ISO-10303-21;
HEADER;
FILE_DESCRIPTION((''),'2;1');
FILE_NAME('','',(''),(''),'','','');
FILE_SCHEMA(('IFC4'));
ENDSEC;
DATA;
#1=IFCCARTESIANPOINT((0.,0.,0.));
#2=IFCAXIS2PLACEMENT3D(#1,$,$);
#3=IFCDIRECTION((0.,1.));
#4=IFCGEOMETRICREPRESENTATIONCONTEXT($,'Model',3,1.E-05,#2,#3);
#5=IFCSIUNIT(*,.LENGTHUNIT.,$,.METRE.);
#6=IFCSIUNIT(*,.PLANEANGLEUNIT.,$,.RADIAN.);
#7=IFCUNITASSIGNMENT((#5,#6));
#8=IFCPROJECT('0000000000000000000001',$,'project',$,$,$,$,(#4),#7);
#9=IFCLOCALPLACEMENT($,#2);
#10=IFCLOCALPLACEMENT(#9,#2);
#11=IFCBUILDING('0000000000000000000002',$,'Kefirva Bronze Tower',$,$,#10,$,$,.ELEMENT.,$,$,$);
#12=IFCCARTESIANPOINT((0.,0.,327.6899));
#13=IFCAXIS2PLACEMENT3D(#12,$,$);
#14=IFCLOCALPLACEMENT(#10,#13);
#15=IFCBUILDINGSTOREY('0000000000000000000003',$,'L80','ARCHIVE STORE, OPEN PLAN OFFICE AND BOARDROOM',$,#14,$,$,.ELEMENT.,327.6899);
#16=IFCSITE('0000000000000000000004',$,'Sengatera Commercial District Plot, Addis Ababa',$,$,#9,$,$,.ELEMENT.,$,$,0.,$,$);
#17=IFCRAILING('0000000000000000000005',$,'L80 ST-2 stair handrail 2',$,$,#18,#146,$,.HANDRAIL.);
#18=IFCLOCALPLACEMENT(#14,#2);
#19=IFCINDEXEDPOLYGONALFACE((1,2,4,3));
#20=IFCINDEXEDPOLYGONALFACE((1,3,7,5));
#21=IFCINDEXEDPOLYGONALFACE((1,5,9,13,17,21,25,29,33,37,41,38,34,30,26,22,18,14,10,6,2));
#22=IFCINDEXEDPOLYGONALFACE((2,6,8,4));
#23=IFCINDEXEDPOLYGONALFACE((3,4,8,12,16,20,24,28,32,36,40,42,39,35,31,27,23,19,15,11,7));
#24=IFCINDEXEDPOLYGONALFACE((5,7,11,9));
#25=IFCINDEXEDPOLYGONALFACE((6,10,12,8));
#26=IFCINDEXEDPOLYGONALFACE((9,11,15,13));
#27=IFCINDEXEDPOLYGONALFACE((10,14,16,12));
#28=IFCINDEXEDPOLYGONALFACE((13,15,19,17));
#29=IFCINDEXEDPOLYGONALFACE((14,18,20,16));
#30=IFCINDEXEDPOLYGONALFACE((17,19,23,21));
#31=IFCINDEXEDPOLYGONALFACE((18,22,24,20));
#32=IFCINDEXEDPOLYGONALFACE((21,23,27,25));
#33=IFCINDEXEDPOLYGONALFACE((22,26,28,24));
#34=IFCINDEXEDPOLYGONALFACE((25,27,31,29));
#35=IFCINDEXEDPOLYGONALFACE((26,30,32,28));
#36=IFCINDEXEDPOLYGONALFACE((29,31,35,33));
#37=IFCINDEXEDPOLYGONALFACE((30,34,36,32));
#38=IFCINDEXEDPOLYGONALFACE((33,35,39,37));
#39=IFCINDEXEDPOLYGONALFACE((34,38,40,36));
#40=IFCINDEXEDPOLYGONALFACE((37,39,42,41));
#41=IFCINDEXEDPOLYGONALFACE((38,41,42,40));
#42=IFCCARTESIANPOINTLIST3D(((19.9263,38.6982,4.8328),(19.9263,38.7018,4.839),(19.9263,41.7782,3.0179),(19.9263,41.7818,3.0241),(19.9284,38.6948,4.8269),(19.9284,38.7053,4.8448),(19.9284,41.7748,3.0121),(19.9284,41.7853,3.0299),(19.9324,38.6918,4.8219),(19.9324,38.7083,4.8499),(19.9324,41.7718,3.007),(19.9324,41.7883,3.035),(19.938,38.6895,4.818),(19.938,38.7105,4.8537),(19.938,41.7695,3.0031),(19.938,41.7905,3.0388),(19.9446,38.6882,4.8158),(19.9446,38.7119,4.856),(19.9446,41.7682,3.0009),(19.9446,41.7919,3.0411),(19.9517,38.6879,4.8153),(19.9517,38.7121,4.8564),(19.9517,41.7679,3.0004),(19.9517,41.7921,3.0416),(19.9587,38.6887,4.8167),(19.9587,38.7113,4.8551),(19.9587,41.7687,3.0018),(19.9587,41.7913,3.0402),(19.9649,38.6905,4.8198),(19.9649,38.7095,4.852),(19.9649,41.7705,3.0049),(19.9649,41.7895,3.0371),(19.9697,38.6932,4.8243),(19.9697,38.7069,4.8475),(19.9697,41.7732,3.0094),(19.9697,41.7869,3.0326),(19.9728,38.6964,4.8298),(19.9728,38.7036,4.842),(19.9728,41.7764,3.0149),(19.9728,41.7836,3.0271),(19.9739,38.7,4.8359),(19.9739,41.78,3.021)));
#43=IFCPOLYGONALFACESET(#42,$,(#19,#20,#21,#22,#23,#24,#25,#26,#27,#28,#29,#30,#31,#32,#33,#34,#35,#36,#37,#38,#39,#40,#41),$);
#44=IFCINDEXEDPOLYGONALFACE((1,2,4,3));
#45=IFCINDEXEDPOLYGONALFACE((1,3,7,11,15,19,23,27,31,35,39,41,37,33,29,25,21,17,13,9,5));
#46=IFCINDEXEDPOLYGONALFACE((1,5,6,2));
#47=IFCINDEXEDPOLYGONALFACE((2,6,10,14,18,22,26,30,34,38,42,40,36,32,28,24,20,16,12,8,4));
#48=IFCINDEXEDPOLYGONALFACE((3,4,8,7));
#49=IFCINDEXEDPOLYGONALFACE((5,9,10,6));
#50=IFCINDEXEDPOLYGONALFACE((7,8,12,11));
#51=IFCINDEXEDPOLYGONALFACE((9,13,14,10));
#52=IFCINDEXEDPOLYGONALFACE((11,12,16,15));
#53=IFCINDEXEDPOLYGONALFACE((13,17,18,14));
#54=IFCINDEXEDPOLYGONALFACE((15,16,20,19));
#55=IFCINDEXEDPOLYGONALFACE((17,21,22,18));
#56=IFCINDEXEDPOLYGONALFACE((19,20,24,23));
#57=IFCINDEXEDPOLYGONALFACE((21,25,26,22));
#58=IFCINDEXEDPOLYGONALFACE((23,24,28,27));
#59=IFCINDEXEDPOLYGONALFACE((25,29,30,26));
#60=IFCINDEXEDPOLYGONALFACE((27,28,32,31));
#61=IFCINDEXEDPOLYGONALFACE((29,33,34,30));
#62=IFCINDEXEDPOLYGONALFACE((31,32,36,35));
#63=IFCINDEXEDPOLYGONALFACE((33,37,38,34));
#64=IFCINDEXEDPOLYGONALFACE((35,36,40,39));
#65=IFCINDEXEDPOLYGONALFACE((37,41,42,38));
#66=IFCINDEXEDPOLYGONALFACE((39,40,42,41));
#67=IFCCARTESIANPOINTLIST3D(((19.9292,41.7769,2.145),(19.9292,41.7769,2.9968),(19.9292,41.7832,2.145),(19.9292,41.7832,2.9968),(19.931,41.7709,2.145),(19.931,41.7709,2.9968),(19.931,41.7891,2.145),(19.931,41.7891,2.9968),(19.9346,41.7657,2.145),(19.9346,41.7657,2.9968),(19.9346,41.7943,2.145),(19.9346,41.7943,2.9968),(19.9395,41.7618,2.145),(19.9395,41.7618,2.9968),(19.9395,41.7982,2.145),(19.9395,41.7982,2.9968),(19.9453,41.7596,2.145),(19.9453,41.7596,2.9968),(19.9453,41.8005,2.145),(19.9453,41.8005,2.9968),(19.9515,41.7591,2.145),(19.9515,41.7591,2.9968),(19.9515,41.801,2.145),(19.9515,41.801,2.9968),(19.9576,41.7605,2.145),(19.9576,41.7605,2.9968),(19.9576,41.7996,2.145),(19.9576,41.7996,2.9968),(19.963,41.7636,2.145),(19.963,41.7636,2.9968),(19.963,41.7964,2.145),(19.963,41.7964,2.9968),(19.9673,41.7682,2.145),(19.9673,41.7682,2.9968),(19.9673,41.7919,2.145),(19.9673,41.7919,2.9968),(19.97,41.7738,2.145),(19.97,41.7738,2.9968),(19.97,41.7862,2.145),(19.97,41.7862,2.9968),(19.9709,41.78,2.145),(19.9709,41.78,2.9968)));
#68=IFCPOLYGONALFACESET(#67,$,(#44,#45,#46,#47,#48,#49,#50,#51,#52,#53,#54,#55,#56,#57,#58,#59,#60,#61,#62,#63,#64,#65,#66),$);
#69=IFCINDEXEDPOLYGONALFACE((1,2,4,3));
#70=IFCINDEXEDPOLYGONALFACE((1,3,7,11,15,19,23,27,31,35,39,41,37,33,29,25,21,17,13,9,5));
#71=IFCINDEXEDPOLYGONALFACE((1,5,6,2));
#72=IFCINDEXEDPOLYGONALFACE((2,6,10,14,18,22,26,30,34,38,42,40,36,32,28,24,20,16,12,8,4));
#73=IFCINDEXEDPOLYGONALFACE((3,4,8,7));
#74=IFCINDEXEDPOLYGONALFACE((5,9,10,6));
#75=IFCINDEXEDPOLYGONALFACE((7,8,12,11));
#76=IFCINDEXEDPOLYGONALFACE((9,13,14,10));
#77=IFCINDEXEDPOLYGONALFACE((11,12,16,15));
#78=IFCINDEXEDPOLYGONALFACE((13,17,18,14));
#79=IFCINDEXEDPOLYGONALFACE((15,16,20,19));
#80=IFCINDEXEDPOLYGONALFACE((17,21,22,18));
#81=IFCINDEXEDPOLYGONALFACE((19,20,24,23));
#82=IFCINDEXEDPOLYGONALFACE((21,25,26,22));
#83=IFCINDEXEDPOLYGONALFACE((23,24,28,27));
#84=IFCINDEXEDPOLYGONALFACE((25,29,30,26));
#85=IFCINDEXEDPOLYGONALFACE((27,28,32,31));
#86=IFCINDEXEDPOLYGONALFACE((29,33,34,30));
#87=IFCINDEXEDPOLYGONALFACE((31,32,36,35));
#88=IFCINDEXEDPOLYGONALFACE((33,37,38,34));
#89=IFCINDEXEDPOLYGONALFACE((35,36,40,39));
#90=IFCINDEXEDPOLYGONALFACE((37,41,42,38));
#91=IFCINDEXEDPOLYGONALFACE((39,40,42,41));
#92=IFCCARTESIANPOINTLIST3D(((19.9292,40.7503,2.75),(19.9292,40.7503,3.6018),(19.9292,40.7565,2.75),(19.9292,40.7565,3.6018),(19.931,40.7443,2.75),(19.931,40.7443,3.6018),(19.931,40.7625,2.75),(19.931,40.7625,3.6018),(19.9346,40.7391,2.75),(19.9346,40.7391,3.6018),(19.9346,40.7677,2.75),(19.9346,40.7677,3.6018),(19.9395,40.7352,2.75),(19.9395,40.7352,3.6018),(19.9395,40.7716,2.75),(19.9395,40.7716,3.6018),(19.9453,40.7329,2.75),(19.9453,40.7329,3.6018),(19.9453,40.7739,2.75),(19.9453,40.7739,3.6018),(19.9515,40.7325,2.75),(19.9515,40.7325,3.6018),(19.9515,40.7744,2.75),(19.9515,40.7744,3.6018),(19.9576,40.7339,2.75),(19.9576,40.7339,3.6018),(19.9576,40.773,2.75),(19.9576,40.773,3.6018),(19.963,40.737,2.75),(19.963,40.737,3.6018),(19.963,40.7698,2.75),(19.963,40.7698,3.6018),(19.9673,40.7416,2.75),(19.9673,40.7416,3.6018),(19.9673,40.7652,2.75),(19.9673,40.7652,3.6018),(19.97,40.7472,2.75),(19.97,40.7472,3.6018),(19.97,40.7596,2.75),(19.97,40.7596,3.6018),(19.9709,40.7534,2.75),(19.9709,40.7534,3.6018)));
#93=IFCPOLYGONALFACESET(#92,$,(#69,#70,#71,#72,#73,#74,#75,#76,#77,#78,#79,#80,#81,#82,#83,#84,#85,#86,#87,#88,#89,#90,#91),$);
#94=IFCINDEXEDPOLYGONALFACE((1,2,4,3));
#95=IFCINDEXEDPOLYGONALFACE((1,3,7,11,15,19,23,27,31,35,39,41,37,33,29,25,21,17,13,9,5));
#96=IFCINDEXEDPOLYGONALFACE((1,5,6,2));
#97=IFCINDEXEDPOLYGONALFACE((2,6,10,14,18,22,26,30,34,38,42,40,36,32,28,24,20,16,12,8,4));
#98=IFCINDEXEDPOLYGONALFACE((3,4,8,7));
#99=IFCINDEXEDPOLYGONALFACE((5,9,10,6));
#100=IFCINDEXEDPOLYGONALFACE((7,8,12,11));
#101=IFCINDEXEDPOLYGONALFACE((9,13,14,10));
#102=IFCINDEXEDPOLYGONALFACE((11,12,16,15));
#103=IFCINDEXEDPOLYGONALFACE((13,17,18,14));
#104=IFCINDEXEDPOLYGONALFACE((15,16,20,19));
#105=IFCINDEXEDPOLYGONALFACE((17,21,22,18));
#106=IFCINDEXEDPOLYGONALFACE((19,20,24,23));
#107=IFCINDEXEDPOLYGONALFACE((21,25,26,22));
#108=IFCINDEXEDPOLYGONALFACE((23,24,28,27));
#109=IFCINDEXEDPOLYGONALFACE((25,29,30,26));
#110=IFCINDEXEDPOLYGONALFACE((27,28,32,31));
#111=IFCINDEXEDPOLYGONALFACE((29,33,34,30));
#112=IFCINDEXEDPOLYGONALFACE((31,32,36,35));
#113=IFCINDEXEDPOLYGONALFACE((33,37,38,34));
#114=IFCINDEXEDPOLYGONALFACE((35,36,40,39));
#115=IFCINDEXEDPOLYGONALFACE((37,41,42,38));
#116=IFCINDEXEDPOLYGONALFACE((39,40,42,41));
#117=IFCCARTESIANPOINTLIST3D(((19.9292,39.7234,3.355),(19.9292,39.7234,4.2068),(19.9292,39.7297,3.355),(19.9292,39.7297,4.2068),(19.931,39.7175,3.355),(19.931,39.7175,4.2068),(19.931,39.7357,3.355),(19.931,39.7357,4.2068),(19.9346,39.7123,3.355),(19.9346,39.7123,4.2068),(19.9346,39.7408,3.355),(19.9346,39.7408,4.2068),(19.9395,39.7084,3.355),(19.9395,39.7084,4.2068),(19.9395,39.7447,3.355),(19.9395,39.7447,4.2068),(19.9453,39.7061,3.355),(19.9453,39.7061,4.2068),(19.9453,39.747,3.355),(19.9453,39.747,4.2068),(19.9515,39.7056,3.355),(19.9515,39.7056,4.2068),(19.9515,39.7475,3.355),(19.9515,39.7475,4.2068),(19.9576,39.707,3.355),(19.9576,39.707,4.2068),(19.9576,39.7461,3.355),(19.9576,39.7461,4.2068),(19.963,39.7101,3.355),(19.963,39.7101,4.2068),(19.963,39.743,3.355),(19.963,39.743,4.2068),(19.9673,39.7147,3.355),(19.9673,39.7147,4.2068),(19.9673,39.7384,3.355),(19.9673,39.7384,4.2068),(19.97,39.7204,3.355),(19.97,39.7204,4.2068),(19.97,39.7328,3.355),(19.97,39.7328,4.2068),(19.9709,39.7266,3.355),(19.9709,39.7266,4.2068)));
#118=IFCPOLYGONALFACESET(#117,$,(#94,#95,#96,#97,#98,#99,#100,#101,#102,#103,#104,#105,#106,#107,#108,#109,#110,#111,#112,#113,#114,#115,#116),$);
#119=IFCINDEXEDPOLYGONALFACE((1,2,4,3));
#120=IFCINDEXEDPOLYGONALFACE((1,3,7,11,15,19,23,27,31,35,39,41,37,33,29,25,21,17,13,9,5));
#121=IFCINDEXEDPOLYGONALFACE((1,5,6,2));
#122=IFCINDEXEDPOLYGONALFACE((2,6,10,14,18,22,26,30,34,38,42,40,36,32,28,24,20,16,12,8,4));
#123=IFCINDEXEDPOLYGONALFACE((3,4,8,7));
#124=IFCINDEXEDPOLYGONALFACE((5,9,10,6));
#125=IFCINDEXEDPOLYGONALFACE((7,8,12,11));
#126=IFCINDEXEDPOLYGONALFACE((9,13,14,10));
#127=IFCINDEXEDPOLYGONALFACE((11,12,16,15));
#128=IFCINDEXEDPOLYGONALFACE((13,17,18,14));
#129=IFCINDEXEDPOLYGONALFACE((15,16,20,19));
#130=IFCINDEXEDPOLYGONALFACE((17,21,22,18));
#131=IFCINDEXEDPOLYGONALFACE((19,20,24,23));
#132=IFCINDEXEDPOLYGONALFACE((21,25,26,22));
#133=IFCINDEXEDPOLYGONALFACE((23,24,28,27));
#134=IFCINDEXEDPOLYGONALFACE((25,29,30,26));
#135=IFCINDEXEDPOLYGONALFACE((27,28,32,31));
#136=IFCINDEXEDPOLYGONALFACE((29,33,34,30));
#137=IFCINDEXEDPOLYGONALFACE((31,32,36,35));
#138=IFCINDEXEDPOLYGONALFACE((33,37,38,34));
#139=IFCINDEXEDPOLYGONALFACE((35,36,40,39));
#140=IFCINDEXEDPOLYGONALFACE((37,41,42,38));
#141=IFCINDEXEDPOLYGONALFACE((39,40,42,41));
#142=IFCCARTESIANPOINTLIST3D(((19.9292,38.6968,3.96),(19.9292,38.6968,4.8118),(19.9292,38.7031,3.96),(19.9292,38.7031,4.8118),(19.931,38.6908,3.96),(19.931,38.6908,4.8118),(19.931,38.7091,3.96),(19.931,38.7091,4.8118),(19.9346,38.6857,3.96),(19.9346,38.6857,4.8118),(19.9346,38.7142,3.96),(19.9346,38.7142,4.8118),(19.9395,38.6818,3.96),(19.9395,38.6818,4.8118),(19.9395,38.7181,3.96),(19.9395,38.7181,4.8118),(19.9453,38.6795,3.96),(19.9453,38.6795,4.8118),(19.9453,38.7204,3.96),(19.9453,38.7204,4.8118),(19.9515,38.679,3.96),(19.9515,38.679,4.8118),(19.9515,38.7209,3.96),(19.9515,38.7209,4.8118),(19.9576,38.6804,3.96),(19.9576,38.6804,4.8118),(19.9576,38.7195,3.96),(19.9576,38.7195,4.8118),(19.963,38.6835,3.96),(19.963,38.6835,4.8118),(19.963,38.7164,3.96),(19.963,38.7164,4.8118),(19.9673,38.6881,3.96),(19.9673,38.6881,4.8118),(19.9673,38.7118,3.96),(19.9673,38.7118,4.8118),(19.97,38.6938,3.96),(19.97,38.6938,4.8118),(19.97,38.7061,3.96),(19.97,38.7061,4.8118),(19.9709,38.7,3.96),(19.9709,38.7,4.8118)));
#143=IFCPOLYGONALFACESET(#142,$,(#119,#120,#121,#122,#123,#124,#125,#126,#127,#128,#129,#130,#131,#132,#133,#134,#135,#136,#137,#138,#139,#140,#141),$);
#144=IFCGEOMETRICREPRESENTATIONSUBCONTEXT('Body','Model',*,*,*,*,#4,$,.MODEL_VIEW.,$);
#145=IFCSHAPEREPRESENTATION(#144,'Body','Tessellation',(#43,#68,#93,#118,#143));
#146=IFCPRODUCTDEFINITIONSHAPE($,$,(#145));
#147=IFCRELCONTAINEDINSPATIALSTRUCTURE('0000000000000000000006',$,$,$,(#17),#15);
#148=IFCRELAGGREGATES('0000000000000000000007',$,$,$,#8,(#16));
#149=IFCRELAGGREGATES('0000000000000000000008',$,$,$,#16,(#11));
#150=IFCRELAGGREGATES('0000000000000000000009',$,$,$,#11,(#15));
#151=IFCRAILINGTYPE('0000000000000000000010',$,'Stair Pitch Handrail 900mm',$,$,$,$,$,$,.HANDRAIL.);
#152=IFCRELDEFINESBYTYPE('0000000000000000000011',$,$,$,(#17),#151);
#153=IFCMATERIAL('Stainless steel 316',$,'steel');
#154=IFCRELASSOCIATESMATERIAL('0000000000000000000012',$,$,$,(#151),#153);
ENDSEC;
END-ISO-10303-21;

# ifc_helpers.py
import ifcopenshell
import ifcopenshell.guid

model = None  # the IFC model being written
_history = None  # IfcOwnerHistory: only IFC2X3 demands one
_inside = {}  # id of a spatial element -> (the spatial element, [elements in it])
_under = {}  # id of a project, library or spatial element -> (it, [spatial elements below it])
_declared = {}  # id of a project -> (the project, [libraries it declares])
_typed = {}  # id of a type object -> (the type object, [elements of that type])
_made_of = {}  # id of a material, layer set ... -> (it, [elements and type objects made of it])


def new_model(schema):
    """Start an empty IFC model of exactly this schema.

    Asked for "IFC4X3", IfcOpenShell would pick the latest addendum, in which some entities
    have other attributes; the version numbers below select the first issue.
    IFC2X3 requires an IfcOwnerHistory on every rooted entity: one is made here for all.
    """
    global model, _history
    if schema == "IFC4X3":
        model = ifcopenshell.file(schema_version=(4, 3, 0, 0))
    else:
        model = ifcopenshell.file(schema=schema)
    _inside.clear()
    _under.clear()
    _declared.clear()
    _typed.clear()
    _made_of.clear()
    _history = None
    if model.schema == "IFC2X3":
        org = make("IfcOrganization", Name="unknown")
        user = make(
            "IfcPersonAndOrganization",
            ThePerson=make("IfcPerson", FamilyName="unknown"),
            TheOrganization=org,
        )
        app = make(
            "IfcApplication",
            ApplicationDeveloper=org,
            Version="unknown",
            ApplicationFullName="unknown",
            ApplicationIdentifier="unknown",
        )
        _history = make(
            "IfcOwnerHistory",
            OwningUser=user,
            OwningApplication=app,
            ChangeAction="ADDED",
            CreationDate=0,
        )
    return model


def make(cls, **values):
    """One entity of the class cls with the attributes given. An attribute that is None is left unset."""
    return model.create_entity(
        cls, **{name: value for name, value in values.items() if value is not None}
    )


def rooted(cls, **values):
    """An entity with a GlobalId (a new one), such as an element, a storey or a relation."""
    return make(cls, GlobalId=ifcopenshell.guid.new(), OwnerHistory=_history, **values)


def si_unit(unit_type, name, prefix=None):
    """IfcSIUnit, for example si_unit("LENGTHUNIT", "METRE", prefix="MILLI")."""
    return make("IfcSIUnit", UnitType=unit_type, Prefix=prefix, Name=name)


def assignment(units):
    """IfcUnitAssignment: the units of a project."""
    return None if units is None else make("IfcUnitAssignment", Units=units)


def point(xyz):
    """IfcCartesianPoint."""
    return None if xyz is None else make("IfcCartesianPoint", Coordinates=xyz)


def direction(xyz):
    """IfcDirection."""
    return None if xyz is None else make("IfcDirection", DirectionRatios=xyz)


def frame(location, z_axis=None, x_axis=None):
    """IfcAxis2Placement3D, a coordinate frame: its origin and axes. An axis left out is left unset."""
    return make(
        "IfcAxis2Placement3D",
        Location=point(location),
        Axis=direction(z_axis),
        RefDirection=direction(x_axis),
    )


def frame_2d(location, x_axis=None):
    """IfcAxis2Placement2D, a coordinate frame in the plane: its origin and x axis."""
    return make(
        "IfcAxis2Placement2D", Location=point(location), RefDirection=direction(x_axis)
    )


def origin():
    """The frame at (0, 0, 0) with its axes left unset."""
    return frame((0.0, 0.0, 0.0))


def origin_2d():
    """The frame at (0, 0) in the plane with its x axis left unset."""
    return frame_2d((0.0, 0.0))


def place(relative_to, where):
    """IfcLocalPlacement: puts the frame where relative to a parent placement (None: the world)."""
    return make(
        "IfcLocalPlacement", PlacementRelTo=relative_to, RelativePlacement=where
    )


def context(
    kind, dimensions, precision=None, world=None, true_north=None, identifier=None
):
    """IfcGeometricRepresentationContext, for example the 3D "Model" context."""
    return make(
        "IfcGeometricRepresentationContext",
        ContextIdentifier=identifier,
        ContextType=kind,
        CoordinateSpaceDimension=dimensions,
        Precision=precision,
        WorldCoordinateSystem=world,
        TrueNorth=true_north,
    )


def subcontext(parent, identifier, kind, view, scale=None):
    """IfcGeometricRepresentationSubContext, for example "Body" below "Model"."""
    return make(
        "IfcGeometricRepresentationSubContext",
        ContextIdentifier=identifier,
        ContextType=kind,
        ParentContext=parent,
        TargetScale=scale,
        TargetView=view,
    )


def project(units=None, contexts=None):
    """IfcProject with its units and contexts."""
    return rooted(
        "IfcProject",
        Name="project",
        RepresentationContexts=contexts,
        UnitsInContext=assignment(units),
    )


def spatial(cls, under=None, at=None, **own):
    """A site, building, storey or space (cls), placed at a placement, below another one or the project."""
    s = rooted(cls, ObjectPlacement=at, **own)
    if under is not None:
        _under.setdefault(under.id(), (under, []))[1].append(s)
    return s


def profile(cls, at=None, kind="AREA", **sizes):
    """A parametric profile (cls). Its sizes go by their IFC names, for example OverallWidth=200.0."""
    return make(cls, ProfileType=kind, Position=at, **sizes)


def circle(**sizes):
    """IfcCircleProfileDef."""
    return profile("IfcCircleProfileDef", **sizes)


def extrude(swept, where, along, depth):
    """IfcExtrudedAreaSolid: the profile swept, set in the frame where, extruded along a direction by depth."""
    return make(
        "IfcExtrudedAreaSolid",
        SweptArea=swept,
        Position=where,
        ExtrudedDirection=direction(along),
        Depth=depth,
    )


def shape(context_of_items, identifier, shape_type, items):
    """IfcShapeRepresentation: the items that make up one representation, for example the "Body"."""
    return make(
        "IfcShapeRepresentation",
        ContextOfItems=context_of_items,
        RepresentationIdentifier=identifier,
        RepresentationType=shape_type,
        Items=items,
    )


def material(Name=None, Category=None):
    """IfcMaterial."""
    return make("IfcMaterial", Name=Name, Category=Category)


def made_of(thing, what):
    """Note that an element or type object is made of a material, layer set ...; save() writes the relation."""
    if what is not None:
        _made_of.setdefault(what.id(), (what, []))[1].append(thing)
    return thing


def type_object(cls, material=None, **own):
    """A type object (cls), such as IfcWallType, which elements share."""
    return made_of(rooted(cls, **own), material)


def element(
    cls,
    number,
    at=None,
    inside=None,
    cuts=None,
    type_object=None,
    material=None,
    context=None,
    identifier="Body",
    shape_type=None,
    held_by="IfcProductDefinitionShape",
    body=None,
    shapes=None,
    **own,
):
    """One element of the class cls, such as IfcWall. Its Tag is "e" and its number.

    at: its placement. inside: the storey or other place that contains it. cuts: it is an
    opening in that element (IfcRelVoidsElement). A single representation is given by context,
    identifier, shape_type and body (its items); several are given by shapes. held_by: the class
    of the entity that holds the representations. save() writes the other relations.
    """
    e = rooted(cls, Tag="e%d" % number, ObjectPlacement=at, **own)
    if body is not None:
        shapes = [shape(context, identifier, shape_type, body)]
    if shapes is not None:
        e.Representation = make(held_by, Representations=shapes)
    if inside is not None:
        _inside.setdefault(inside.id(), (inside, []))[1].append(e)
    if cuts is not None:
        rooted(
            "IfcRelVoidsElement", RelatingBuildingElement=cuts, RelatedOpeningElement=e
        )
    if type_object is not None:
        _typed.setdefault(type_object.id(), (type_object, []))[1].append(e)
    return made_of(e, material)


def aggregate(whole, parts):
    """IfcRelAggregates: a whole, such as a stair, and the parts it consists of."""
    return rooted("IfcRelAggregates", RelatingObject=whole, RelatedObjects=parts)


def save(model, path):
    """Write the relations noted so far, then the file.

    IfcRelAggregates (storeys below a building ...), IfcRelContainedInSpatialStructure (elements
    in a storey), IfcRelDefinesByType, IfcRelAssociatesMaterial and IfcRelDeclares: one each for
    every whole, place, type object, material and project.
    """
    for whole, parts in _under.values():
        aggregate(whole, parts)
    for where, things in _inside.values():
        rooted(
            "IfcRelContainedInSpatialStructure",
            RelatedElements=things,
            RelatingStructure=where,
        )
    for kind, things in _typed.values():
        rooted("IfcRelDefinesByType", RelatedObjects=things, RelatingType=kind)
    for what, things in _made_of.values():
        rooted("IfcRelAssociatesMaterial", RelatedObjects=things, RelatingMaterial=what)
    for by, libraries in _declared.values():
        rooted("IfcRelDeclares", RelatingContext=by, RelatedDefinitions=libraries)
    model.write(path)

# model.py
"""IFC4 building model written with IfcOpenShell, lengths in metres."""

from ifc_helpers import new_model, si_unit, direction, frame, origin, origin_2d, place, context, subcontext, project, spatial, circle, extrude, material, type_object, element, save


model = new_model("IFC4")

# Units and contexts
model_context = context("Model", 3, precision=1e-05, world=origin(), true_north=direction((0.0, 1.0)))
body_context = subcontext(model_context, "Body", "Model", "MODEL_VIEW")
ifc_project = project(units=[si_unit("LENGTHUNIT", "METRE"), si_unit("PLANEANGLEUNIT", "RADIAN")], contexts=[model_context])

# Site, building, storey
site_placement = place(None, origin())
site = spatial("IfcSite", under=ifc_project, at=site_placement, Name="Sengatera Commercial District Plot, Addis Ababa", CompositionType="ELEMENT", RefElevation=0.0)
building_placement = place(site_placement, origin())
building = spatial("IfcBuilding", under=site, at=building_placement, Name="Kefirva Bronze Tower", CompositionType="ELEMENT")
storey_placement = place(building_placement, frame((0.0, 0.0, 327.6899)))
storey = spatial("IfcBuildingStorey", under=building, at=storey_placement, Name="L80", Description="ARCHIVE STORE, OPEN PLAN OFFICE AND BOARDROOM", CompositionType="ELEMENT", Elevation=327.6899)

# Shared definitions
ifc_material_1 = material(Name="Stainless steel 316", Category="steel")

# Railing
railing_type_1 = type_object("IfcRailingType", Name="Stair Pitch Handrail 900mm", PredefinedType="HANDRAIL", material=ifc_material_1)
railing_1_placement = place(storey_placement, frame((19.95, 41.78, 2.145)))
element("IfcRailing", 1, at=railing_1_placement, inside=storey, type_object=railing_type_1, Name="L80 ST-2 stair handrail 2", PredefinedType="HANDRAIL", context=body_context, shape_type="SweptSolid", body=[
    extrude(circle(Radius=0.0239, at=origin_2d()), frame((0.0, 0.0, 0.876), z_axis=(0.0, -0.861551, 0.507671), x_axis=(1.0, 0.0, 0.0)), (0.0, 0.0, 1.0), 3.575),
    extrude(circle(Radius=0.021, at=origin_2d()), origin(), (0.0, 0.0, 1.0), 0.8518),
    extrude(circle(Radius=0.021, at=origin_2d()), frame((0.0, -1.0266, 0.605)), (0.0, 0.0, 1.0), 0.8518),
    extrude(circle(Radius=0.021, at=origin_2d()), frame((0.0, -2.0535, 1.21)), (0.0, 0.0, 1.0), 0.8518),
    extrude(circle(Radius=0.021, at=origin_2d()), frame((0.0, -3.0801, 1.8149)), (0.0, 0.0, 1.0), 0.8518),
])

save(model, "model.ifc")
